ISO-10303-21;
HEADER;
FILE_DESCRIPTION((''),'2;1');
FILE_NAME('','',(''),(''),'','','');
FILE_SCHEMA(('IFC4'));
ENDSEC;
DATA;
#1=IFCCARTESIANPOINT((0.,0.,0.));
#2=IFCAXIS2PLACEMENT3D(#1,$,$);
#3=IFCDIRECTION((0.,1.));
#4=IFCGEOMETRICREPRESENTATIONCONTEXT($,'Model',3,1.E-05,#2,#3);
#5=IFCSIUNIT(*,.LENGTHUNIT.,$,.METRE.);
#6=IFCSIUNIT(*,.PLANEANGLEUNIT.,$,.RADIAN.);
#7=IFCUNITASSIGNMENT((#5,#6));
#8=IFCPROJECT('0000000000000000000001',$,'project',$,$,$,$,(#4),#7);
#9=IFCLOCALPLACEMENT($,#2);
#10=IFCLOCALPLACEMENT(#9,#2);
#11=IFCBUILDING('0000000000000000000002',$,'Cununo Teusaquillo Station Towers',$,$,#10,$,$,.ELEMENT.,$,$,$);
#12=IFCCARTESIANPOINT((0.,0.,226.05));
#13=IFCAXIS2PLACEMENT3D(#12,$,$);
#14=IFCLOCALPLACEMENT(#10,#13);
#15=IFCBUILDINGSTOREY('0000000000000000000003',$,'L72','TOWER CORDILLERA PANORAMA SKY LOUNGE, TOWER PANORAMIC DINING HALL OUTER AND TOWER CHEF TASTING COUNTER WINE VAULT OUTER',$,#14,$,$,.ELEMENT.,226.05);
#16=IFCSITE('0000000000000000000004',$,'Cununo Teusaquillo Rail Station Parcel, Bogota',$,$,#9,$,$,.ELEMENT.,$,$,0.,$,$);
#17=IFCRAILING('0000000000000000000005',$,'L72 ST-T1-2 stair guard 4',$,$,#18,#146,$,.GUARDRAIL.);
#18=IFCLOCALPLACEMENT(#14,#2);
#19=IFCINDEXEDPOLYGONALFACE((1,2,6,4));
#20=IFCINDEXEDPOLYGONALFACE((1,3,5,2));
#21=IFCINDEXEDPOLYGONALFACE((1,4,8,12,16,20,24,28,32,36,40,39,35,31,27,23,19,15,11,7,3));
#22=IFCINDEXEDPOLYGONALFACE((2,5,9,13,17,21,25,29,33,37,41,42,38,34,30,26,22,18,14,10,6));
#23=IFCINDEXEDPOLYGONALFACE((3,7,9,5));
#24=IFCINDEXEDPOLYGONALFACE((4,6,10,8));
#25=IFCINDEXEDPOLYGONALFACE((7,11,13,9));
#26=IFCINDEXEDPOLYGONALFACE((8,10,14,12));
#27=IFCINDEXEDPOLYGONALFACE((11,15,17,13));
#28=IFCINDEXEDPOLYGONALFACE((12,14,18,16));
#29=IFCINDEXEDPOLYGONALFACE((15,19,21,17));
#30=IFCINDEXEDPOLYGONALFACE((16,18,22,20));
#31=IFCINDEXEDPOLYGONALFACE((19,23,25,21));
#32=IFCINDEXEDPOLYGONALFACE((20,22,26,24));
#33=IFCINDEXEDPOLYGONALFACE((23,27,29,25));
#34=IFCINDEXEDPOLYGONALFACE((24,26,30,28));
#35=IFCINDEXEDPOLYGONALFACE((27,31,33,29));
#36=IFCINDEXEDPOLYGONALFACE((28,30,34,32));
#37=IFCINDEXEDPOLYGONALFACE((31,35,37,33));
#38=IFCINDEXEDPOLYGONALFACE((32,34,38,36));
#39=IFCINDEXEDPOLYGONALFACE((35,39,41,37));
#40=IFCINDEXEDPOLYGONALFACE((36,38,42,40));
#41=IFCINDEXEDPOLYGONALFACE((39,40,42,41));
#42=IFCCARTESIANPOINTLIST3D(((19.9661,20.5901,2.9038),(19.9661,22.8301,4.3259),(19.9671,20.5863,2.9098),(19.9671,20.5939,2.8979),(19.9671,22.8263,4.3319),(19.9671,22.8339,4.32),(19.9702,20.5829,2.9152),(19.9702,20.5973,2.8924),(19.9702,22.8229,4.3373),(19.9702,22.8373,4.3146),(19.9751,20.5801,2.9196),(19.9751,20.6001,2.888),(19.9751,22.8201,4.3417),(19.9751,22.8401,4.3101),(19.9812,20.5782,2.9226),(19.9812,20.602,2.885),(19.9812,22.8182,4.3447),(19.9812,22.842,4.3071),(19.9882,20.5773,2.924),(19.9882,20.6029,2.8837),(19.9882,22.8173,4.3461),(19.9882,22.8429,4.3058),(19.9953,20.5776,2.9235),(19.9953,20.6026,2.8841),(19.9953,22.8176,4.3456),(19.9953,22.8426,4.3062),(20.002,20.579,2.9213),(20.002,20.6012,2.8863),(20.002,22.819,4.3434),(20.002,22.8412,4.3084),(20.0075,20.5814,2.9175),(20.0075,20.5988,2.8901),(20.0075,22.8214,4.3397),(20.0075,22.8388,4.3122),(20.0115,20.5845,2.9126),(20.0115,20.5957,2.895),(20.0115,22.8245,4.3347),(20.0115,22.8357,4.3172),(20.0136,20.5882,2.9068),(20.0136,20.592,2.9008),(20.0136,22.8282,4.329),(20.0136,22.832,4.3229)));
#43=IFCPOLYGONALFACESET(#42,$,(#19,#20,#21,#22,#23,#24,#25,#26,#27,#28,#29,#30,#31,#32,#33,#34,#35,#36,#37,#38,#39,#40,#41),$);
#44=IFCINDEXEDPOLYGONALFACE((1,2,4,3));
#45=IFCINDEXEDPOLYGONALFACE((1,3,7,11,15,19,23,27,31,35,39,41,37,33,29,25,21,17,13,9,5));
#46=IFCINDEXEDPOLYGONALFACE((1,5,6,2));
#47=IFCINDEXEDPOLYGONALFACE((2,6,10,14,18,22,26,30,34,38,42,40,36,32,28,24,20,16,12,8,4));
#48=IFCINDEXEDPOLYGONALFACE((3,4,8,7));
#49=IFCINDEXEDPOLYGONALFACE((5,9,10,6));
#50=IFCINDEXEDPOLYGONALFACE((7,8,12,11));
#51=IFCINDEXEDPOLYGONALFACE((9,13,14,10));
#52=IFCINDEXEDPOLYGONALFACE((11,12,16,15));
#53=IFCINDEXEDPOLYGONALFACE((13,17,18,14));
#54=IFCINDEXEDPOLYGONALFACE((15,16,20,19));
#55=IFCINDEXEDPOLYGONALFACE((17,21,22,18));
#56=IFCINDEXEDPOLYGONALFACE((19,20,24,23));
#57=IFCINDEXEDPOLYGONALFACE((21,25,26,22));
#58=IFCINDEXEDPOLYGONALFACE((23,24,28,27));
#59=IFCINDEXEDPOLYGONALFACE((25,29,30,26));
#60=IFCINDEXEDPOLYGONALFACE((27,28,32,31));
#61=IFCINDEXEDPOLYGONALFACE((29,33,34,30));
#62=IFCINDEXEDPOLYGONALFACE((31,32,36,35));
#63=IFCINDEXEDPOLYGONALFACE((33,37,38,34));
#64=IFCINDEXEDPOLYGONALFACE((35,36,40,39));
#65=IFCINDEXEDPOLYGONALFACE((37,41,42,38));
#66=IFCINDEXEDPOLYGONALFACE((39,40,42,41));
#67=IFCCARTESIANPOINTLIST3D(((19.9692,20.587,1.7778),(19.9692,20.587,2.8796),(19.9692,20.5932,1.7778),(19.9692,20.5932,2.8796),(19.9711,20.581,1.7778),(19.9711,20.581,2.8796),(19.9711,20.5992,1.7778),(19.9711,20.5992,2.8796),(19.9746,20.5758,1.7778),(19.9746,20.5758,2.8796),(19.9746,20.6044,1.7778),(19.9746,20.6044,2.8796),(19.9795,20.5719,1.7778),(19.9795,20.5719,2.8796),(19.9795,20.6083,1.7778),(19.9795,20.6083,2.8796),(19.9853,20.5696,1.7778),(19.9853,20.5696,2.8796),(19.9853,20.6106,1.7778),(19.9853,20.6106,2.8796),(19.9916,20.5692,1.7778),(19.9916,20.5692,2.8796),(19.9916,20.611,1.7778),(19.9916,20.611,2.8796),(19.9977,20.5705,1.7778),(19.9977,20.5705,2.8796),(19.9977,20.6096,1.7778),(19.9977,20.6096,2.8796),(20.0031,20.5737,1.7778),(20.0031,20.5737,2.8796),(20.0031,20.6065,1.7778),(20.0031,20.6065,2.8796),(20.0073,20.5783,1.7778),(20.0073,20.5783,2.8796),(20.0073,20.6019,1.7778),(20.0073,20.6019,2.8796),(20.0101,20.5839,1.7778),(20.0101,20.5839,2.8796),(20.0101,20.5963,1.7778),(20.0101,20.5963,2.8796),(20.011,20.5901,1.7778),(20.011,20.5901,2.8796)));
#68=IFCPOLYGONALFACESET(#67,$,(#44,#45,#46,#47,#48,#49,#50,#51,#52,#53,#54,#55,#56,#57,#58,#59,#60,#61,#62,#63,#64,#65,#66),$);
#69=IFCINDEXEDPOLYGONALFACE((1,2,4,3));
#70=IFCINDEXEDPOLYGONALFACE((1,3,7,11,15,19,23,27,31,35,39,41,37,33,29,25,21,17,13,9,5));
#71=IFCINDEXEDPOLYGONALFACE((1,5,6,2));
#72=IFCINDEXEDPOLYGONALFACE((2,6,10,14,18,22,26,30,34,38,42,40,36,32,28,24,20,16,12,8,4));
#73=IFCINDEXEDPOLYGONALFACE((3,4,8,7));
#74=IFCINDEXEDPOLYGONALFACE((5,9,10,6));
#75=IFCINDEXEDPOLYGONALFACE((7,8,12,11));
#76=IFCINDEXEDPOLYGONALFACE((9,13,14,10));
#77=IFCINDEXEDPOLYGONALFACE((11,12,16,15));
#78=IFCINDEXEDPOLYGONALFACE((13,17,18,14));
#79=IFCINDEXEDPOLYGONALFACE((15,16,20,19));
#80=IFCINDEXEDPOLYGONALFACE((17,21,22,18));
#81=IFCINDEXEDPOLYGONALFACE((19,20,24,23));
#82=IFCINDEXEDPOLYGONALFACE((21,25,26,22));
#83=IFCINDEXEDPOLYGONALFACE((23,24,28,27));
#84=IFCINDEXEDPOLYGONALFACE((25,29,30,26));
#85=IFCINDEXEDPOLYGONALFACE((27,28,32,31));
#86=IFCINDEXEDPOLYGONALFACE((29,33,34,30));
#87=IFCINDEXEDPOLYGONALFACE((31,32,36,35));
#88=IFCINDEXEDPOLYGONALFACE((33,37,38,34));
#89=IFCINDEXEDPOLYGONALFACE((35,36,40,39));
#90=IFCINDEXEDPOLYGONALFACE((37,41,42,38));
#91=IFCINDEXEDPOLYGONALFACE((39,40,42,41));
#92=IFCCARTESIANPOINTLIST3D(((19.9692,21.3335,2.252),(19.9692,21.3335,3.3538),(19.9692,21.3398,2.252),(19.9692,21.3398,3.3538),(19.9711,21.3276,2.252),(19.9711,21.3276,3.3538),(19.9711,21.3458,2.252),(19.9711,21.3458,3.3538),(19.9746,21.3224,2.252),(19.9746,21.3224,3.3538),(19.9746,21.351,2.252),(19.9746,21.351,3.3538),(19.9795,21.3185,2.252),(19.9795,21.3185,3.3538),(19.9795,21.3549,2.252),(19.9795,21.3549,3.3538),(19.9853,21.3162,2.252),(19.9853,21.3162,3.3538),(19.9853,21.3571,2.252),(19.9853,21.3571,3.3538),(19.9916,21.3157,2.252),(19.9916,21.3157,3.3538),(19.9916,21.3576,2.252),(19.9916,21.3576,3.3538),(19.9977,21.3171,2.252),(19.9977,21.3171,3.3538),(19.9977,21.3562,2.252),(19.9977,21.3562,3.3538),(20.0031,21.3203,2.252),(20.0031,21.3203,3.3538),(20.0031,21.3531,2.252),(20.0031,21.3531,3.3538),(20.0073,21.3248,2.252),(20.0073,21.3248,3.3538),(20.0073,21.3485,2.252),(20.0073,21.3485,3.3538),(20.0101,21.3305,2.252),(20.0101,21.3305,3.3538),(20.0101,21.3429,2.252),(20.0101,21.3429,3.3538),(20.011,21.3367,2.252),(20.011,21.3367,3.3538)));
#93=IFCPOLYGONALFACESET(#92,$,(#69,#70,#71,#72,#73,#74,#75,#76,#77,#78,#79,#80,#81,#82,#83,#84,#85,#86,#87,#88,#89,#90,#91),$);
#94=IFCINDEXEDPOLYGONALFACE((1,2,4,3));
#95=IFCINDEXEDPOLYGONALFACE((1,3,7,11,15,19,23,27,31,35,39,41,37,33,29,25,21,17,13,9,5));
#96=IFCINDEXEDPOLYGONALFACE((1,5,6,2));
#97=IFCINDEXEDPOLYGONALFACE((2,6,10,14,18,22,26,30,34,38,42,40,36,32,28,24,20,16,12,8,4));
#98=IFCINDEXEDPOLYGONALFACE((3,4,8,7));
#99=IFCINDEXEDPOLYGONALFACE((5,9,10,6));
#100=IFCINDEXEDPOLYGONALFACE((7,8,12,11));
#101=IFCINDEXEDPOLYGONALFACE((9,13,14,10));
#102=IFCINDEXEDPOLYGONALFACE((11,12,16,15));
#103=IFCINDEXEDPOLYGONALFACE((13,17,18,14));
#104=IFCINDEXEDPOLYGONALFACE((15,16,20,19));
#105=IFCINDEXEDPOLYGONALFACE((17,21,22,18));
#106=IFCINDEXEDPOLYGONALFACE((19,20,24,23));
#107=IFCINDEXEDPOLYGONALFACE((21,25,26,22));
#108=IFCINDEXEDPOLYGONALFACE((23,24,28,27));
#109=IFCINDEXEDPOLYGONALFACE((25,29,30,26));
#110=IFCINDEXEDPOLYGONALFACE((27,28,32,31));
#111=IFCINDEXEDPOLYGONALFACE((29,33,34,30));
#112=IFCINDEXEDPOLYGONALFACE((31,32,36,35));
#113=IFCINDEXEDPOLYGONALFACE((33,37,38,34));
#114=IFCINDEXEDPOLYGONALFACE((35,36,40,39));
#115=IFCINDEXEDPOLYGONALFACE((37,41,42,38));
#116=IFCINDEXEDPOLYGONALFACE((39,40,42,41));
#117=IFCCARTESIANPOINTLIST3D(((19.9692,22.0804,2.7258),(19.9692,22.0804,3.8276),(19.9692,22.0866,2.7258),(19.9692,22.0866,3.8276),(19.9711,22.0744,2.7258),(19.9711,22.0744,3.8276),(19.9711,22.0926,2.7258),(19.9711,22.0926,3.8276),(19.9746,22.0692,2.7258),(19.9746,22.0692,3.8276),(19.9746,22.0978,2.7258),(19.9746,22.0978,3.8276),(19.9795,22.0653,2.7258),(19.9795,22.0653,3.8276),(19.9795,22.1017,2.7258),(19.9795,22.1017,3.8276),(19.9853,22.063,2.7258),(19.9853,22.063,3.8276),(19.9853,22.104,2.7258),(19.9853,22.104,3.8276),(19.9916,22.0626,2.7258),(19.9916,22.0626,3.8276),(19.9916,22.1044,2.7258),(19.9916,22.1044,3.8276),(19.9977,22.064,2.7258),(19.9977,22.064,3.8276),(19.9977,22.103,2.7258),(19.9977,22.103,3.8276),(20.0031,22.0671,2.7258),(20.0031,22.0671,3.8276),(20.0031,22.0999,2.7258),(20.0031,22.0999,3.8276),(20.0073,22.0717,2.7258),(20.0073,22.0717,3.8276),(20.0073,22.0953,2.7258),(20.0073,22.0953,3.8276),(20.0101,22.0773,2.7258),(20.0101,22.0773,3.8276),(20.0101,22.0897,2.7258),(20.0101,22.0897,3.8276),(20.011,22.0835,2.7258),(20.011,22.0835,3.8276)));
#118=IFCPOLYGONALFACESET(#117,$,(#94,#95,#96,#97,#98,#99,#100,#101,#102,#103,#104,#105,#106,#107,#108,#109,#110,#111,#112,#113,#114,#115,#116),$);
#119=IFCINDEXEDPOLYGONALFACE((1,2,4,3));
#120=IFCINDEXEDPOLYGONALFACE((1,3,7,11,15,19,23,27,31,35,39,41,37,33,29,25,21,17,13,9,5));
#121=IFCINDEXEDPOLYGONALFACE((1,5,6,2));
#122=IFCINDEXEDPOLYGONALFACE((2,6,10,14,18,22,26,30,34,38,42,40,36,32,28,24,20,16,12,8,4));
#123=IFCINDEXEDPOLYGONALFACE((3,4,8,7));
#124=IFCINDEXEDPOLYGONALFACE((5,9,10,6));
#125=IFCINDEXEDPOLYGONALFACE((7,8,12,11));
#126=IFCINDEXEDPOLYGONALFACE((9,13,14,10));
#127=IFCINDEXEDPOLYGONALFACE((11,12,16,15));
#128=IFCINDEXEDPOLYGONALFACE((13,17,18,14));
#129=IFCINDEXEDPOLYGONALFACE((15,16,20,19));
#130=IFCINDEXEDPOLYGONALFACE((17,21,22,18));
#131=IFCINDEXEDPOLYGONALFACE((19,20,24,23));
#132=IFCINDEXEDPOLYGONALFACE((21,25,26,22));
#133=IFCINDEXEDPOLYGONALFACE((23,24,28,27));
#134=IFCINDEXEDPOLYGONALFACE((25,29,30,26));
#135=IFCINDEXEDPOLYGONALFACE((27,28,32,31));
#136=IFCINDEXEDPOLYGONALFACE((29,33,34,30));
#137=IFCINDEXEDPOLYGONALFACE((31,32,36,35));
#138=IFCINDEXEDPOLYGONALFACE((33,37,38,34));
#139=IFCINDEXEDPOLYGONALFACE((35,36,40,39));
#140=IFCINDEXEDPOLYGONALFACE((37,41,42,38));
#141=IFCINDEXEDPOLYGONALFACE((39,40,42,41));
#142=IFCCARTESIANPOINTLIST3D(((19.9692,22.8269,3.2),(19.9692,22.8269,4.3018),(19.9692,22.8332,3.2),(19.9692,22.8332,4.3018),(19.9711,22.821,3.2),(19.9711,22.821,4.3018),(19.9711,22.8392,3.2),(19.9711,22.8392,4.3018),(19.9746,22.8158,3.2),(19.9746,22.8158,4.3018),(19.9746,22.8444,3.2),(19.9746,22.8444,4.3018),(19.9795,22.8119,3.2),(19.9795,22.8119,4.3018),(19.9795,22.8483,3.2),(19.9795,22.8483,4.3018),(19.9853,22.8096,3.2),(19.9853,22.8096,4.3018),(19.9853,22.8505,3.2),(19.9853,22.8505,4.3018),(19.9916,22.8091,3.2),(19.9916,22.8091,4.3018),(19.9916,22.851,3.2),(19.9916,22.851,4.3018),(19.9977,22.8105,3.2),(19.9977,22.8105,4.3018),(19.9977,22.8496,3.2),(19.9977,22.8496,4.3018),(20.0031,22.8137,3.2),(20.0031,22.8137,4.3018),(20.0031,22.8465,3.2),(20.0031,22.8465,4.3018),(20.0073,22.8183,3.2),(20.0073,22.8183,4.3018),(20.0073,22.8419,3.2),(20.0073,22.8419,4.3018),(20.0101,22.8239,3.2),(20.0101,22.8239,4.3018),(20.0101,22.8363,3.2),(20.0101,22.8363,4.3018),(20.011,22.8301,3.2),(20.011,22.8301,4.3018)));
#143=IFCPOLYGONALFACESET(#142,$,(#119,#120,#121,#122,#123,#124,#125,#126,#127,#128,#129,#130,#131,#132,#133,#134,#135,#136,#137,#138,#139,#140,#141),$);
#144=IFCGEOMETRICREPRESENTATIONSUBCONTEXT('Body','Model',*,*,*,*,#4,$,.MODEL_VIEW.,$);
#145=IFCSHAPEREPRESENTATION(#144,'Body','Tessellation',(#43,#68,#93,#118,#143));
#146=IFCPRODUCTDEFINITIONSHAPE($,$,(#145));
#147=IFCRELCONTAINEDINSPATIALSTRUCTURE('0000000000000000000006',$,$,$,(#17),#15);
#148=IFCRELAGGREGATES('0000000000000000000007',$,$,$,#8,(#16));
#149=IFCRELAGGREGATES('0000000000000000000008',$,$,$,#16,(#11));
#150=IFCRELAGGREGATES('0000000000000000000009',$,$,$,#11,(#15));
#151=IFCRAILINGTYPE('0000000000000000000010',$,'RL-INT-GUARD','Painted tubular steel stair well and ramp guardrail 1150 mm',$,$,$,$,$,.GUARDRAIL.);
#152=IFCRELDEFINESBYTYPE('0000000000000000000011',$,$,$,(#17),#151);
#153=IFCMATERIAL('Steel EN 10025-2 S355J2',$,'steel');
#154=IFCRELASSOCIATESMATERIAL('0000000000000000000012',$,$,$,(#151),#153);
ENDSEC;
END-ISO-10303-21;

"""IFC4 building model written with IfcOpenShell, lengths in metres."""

from ifc_helpers import new_model, si_unit, direction, frame, origin, origin_2d, place, context, subcontext, project, spatial, circle, extrude, material, type_object, element, save


model = new_model("IFC4")

# Units and contexts
model_context = context("Model", 3, precision=1e-05, world=origin(), true_north=direction((0.0, 1.0)))
body_context = subcontext(model_context, "Body", "Model", "MODEL_VIEW")
ifc_project = project(units=[si_unit("LENGTHUNIT", "METRE"), si_unit("PLANEANGLEUNIT", "RADIAN")], contexts=[model_context])

# Site, building, storey
site_placement = place(None, origin())
site = spatial("IfcSite", under=ifc_project, at=site_placement, Name="Cununo Teusaquillo Rail Station Parcel, Bogota", CompositionType="ELEMENT", RefElevation=0.0)
building_placement = place(site_placement, origin())
building = spatial("IfcBuilding", under=site, at=building_placement, Name="Cununo Teusaquillo Station Towers", CompositionType="ELEMENT")
storey_placement = place(building_placement, frame((0.0, 0.0, 226.05)))
storey = spatial("IfcBuildingStorey", under=building, at=storey_placement, Name="L72", Description="TOWER CORDILLERA PANORAMA SKY LOUNGE, TOWER PANORAMIC DINING HALL OUTER AND TOWER CHEF TASTING COUNTER WINE VAULT OUTER", CompositionType="ELEMENT", Elevation=226.05)

# Railing
ifc_material_1 = material(Name="Steel EN 10025-2 S355J2", Category="steel")
railing_type_1 = type_object("IfcRailingType", Name="RL-INT-GUARD", Description="Painted tubular steel stair well and ramp guardrail 1150 mm", PredefinedType="GUARDRAIL", material=ifc_material_1)
railing_1_placement = place(storey_placement, frame((19.99, 20.5901, 1.7778)))
element("IfcRailing", 1, at=railing_1_placement, inside=storey, type_object=railing_type_1, Name="L72 ST-T1-2 stair guard 4", PredefinedType="GUARDRAIL", context=body_context, shape_type="SweptSolid", body=[
    extrude(circle(Radius=0.0239, at=origin_2d()), frame((0.0, 0.0, 1.126), z_axis=(0.0, 0.844229, 0.535982), x_axis=(-1.0, 0.0, 0.0)), (0.0, 0.0, 1.0), 2.6533),
    extrude(circle(Radius=0.021, at=origin_2d()), origin(), (0.0, 0.0, 1.0), 1.1018),
    extrude(circle(Radius=0.021, at=origin_2d()), frame((0.0, 0.7466, 0.4741)), (0.0, 0.0, 1.0), 1.1018),
    extrude(circle(Radius=0.021, at=origin_2d()), frame((0.0, 1.4934, 0.948)), (0.0, 0.0, 1.0), 1.1018),
    extrude(circle(Radius=0.021, at=origin_2d()), frame((0.0, 2.24, 1.4221)), (0.0, 0.0, 1.0), 1.1018),
])

save(model, "model.ifc")
